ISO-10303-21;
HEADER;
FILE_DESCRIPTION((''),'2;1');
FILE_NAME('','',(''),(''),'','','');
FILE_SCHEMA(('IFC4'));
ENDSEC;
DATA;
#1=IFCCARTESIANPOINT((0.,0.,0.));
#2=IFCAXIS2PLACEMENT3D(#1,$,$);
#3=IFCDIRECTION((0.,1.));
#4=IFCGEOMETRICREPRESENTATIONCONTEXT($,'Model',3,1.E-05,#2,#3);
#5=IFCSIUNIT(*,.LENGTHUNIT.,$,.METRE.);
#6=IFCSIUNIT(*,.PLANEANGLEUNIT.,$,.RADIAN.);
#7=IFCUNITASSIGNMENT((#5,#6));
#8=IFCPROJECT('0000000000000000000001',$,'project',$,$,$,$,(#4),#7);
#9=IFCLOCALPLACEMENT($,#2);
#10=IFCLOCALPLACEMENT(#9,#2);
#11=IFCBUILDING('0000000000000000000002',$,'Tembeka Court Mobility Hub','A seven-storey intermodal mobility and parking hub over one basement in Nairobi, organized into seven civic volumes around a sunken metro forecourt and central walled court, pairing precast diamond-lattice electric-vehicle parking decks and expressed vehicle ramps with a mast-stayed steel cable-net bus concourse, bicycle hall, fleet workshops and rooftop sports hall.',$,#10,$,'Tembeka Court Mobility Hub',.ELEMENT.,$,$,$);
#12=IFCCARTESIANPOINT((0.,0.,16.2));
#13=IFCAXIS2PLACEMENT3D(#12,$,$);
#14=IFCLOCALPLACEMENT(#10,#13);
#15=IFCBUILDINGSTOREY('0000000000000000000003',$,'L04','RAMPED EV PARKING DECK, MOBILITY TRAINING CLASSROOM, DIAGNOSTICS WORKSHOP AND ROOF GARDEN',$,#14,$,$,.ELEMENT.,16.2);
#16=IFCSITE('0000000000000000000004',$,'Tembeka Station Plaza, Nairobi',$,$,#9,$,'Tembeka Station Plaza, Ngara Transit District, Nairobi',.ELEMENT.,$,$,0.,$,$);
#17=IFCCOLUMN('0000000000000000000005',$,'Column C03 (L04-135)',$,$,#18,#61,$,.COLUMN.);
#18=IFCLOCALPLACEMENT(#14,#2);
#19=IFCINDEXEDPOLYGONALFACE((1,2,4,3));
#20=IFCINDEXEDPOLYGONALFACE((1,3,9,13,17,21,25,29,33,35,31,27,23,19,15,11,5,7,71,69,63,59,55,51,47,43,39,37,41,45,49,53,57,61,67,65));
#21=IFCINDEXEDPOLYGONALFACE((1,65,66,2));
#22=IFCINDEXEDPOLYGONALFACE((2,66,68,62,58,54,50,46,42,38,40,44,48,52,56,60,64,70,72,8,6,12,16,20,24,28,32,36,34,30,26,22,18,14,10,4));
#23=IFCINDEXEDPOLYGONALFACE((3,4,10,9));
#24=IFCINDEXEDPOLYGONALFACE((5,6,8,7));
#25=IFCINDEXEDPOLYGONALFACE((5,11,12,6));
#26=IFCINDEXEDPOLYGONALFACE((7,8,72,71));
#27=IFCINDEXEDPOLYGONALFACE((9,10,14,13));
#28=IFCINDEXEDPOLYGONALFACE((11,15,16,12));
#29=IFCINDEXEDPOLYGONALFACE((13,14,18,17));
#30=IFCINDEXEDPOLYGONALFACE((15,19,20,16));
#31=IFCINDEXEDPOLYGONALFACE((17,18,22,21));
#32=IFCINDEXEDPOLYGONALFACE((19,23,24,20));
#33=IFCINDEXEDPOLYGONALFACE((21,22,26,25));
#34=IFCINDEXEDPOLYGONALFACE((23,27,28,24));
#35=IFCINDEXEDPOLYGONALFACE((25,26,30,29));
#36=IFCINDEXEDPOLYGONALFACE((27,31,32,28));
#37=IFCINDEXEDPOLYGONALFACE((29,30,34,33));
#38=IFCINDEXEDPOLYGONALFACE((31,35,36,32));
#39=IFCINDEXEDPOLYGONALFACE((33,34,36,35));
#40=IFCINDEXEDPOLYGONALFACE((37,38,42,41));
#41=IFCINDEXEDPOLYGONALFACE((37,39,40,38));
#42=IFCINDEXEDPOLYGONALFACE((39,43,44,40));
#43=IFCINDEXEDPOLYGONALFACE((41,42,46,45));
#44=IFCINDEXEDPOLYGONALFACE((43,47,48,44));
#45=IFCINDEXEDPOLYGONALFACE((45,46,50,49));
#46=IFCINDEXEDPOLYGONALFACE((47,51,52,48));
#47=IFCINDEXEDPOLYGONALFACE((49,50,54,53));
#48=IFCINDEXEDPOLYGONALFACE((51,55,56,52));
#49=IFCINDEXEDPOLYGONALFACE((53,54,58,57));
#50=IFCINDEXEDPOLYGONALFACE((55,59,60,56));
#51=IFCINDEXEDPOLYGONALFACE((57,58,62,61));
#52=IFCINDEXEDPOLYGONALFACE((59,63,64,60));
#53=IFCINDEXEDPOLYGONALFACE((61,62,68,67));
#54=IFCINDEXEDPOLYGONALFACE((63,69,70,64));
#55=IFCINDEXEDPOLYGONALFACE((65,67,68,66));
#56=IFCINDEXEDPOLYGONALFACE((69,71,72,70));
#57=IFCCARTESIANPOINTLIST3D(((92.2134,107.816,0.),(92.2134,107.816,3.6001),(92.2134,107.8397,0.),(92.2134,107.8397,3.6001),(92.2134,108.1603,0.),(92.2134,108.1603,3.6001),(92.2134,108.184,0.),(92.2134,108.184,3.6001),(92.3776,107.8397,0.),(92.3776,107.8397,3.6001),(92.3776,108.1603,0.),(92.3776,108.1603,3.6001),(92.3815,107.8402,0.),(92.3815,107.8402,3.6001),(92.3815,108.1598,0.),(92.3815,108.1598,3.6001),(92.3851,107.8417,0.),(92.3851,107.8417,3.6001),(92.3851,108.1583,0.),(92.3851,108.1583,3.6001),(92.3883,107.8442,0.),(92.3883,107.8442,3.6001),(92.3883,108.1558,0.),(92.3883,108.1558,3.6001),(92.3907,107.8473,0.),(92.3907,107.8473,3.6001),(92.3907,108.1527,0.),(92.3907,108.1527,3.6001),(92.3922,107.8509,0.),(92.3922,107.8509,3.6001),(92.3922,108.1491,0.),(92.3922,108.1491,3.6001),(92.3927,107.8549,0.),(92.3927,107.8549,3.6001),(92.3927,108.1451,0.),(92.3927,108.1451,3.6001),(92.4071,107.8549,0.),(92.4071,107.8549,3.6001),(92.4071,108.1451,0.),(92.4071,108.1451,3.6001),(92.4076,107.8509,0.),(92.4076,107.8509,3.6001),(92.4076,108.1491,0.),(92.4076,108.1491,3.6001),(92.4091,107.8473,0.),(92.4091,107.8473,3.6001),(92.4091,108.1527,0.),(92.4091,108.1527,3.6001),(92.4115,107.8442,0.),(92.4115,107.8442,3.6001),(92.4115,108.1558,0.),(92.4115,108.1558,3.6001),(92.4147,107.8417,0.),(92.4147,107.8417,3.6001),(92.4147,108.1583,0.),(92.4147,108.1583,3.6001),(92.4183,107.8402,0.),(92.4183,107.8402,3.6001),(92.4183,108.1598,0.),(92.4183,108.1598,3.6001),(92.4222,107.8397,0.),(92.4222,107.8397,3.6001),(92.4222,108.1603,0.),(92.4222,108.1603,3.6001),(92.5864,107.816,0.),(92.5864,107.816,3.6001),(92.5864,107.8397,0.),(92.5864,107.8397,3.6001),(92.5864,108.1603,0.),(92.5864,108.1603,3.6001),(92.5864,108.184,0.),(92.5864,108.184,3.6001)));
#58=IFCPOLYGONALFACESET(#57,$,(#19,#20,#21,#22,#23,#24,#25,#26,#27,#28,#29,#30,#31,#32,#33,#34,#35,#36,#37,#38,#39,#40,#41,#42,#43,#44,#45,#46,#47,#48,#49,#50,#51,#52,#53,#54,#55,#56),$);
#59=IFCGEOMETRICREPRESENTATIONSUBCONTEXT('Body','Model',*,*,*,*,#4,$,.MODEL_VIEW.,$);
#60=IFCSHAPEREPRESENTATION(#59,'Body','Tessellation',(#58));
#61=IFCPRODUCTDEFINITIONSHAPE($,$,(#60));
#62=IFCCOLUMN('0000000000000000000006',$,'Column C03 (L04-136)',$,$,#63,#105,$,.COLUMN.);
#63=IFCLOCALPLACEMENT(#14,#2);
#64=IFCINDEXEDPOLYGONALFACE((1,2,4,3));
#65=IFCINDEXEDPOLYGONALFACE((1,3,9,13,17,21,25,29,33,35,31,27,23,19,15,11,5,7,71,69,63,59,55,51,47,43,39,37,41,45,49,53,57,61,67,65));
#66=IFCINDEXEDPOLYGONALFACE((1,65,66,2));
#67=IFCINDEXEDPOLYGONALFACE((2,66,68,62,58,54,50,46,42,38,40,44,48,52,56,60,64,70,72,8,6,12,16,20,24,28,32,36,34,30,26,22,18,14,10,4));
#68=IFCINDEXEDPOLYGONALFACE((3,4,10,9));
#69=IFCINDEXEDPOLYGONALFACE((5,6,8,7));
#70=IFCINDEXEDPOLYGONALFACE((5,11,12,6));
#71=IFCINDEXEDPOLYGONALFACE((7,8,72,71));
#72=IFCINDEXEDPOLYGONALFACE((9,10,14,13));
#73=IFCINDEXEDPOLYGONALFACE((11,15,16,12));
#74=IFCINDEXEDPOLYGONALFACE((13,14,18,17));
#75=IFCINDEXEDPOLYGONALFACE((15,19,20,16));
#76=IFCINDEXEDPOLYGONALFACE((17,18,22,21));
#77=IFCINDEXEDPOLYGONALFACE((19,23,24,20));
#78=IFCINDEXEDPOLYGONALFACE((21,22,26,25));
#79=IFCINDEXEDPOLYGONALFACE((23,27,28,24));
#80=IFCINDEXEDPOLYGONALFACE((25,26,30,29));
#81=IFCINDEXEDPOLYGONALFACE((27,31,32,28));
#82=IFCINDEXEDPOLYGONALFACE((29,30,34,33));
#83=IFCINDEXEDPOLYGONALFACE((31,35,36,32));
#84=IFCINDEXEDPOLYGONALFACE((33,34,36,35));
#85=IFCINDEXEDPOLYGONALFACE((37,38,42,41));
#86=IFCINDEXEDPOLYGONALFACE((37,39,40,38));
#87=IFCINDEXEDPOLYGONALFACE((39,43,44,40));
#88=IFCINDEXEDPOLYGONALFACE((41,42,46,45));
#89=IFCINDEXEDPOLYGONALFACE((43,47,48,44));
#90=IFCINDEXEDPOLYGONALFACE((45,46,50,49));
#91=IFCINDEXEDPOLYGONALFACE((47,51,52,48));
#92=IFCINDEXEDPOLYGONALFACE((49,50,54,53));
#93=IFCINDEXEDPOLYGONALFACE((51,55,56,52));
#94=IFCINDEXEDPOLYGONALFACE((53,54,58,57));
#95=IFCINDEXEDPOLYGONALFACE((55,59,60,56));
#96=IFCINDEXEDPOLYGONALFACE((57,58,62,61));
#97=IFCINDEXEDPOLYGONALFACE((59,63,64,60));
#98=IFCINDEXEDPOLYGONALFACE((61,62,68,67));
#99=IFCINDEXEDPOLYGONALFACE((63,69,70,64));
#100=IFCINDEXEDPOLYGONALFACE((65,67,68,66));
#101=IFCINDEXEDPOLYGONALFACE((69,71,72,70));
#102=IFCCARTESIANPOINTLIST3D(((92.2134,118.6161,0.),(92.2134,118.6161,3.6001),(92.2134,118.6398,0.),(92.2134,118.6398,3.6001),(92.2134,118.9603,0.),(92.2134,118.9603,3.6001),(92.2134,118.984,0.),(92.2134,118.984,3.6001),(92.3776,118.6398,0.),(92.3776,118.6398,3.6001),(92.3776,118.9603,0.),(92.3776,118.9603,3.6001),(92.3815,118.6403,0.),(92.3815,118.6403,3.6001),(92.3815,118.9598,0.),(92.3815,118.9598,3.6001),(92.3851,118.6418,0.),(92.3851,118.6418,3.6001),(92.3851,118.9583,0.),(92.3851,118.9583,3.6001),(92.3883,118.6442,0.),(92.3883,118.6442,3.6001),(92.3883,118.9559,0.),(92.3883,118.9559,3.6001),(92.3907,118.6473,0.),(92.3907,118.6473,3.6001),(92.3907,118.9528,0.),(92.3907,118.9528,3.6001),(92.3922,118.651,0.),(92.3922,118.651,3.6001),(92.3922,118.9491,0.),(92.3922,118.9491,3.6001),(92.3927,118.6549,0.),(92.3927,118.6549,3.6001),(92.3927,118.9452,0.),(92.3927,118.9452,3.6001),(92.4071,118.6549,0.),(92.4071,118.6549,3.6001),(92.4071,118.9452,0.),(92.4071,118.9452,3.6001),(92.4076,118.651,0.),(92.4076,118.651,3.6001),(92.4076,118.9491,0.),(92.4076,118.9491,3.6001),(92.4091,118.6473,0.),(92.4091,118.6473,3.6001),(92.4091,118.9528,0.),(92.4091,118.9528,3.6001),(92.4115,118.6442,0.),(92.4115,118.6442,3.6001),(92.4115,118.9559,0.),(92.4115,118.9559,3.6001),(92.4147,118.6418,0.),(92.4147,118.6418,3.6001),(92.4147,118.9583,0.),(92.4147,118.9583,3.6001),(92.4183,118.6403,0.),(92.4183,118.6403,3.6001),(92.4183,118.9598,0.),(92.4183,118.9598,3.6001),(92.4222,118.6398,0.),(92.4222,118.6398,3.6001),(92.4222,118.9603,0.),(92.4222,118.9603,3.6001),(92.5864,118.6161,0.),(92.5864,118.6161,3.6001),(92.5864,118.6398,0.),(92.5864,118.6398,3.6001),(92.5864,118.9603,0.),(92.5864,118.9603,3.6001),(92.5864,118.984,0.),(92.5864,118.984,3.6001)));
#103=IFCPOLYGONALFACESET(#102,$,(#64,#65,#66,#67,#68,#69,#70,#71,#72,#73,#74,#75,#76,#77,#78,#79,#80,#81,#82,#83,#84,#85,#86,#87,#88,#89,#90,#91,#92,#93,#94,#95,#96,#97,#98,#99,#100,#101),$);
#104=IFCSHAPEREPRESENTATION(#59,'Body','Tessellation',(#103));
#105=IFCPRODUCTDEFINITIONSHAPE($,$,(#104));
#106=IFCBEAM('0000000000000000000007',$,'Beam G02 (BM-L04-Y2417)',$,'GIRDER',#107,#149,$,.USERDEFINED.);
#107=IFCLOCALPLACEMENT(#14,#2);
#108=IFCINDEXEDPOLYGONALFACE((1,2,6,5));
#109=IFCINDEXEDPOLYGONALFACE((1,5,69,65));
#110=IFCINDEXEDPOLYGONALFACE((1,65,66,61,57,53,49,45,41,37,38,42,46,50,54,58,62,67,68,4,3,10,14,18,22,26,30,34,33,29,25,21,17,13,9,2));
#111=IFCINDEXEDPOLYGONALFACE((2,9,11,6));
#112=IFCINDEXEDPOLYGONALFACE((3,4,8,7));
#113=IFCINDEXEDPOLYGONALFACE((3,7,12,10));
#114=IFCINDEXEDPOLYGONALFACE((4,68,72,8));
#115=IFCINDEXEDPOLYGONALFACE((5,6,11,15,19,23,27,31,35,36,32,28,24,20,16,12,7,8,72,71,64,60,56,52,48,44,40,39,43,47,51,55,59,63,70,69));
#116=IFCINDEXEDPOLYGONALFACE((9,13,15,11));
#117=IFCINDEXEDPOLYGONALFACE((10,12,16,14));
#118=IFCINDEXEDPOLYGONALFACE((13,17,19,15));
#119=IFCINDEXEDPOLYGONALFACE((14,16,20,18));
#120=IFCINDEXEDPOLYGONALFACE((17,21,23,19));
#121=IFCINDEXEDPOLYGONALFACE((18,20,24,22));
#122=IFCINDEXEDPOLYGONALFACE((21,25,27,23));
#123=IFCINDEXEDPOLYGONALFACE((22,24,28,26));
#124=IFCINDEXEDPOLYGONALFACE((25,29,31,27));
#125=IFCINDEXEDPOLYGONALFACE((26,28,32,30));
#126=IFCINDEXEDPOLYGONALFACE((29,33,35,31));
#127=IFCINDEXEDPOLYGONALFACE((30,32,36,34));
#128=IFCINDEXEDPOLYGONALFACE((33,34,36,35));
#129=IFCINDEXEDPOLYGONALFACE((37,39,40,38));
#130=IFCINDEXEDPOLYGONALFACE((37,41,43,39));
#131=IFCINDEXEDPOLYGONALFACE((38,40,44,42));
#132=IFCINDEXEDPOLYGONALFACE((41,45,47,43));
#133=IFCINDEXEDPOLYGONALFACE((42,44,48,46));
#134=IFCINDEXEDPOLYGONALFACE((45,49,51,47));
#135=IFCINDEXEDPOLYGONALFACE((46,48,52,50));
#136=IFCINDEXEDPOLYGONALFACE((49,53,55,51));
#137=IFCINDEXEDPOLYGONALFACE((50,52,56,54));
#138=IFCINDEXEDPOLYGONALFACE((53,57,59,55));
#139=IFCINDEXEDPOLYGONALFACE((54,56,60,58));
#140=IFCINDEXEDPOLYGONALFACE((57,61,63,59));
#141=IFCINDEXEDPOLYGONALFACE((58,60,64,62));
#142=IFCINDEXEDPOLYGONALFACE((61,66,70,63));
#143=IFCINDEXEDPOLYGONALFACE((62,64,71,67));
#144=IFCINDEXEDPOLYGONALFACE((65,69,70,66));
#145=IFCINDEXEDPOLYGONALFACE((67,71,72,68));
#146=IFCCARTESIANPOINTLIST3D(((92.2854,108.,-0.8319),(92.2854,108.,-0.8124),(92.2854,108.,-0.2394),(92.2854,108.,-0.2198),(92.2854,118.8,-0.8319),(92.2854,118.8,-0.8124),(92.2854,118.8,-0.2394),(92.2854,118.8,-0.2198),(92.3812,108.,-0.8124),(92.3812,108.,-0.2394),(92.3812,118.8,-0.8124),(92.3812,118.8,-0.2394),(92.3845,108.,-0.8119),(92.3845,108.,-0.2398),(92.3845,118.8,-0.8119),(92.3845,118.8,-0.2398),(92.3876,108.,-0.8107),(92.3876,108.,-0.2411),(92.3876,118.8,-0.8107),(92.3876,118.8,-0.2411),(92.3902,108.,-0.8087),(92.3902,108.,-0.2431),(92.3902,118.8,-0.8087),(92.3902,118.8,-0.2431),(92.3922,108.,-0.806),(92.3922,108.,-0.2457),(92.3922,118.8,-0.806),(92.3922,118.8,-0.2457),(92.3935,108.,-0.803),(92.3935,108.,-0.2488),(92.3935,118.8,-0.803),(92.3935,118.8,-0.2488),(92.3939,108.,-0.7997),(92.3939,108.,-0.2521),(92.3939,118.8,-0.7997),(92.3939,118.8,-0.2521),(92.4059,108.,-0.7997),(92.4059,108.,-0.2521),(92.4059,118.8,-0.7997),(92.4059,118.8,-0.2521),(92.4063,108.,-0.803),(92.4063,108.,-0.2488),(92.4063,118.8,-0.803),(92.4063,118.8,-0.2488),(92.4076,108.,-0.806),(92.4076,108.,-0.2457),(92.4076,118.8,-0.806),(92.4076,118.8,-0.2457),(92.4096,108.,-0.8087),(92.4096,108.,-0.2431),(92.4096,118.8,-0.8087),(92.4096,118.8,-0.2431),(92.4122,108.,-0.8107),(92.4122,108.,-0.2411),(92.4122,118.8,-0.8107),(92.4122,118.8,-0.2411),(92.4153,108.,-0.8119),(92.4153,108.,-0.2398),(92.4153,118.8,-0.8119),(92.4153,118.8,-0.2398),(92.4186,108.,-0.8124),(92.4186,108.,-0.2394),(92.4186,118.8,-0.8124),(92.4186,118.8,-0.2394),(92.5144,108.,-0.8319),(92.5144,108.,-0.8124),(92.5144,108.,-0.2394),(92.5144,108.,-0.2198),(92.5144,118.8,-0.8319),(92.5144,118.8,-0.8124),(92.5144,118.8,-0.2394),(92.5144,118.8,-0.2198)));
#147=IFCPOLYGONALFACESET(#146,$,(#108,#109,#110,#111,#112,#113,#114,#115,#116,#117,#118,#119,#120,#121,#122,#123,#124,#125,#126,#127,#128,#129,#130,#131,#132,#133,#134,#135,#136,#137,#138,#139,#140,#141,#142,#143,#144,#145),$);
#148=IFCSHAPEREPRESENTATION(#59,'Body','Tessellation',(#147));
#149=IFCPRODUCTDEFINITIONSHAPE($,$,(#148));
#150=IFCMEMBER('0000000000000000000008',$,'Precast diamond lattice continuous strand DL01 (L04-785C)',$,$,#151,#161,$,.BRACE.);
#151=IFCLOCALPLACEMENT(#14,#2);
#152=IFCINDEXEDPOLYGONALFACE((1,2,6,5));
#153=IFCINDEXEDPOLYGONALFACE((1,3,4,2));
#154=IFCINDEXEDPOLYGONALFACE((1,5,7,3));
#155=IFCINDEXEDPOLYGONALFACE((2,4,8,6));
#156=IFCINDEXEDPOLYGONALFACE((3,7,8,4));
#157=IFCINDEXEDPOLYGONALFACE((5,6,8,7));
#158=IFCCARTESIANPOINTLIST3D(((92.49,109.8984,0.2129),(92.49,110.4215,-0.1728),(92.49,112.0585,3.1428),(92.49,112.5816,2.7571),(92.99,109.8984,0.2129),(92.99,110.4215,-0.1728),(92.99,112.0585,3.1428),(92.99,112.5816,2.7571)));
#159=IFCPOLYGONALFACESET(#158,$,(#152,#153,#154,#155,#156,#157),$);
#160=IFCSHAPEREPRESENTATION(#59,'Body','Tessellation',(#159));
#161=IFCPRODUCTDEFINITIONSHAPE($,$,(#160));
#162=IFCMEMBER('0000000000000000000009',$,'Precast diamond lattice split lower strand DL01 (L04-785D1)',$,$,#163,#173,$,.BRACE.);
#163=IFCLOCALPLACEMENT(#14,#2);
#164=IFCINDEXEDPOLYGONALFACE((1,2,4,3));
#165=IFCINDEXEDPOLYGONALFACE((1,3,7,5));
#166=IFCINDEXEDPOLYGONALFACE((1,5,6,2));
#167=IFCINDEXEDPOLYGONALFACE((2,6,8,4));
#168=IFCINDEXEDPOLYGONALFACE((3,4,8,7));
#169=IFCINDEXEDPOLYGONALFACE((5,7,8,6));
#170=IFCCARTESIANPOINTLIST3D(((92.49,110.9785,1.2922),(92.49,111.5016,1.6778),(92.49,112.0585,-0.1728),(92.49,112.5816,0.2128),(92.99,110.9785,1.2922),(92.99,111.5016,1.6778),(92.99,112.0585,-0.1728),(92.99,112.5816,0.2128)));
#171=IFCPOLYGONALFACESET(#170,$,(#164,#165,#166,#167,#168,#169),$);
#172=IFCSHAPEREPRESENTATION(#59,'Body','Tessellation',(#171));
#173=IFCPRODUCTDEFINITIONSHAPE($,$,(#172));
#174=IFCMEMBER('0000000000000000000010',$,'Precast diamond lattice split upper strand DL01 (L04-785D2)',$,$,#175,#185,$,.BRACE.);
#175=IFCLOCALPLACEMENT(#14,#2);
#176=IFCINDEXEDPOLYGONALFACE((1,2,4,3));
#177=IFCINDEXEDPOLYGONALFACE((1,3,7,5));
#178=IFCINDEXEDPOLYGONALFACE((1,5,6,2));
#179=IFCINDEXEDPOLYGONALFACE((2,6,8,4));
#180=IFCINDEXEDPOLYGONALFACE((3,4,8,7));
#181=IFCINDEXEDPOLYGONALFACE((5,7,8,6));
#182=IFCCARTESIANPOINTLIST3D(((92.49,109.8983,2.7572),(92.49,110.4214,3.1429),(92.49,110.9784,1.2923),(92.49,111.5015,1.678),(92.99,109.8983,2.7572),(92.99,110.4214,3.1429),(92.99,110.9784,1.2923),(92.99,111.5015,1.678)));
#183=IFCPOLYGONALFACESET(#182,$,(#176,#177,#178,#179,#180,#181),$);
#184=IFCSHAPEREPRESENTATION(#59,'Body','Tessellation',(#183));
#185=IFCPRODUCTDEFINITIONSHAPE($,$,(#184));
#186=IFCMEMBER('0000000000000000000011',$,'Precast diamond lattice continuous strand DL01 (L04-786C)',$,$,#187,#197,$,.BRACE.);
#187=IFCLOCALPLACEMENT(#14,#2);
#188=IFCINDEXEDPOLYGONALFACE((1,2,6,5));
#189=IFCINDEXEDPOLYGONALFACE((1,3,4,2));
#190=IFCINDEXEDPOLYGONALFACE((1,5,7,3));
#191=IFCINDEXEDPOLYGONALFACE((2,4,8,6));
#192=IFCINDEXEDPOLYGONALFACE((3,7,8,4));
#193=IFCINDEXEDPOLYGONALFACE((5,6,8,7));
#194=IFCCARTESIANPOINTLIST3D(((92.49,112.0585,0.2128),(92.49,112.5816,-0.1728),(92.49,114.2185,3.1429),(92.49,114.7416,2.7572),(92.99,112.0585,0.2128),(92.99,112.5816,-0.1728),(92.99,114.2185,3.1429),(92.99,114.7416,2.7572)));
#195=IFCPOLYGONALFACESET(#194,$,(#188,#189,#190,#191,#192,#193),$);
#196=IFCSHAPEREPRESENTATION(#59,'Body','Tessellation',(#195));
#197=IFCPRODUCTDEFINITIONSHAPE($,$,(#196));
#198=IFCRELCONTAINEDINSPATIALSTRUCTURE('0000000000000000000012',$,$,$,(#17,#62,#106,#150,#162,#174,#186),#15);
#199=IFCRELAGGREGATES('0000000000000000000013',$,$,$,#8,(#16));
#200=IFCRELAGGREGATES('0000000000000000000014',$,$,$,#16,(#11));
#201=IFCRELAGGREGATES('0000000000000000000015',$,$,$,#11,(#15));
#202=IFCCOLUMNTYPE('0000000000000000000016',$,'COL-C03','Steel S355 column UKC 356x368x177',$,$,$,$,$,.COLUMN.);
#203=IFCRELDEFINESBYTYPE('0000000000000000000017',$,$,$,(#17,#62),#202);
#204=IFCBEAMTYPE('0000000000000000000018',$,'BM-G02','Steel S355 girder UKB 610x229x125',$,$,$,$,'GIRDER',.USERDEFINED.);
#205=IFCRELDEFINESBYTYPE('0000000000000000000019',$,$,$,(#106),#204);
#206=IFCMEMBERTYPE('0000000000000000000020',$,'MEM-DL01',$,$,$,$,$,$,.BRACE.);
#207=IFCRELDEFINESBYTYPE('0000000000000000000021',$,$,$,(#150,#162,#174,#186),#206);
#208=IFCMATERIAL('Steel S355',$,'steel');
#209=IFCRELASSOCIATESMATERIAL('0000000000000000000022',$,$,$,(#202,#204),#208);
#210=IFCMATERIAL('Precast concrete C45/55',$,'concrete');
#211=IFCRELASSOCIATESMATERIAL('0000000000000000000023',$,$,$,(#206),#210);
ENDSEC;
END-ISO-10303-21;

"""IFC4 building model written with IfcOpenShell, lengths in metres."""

from ifc_helpers import new_model, si_unit, direction, frame, origin, origin_2d, place, context, subcontext, project, spatial, rectangle, i_section, extrude, material, material_profile, profile_set, type_object, element, save


model = new_model("IFC4")

# Units and contexts
model_context = context("Model", 3, precision=1e-05, world=origin(), true_north=direction((0.0, 1.0)))
body_context = subcontext(model_context, "Body", "Model", "MODEL_VIEW")
ifc_project = project(units=[si_unit("LENGTHUNIT", "METRE"), si_unit("PLANEANGLEUNIT", "RADIAN")], contexts=[model_context])

# Site, building, storey
site_placement = place(None, origin())
site = spatial("IfcSite", under=ifc_project, at=site_placement, Name="Tembeka Station Plaza, Nairobi", LongName="Tembeka Station Plaza, Ngara Transit District, Nairobi", CompositionType="ELEMENT", RefElevation=0.0)
building_placement = place(site_placement, origin())
building = spatial("IfcBuilding", under=site, at=building_placement, Name="Tembeka Court Mobility Hub", Description="A seven-storey intermodal mobility and parking hub over one basement in Nairobi, organized into seven civic volumes around a sunken metro forecourt and central walled court, pairing precast diamond-lattice electric-vehicle parking decks and expressed vehicle ramps with a mast-stayed steel cable-net bus concourse, bicycle hall, fleet workshops and rooftop sports hall.", LongName="Tembeka Court Mobility Hub", CompositionType="ELEMENT")
storey_placement = place(building_placement, frame((0.0, 0.0, 16.2)))
storey = spatial("IfcBuildingStorey", under=building, at=storey_placement, Name="L04", Description="RAMPED EV PARKING DECK, MOBILITY TRAINING CLASSROOM, DIAGNOSTICS WORKSHOP AND ROOF GARDEN", CompositionType="ELEMENT", Elevation=16.2)

# Columns
ifc_material_1 = material(Name="Steel S355", Category="steel")
ifc_material_profile_1 = material_profile(ifc_material_1, i_section(OverallWidth=0.373, OverallDepth=0.3679, WebThickness=0.0144, FlangeThickness=0.0237, FilletRadius=0.0151, at=origin_2d()), Name="UKC 356x368x177")
ifc_profile_set_1 = profile_set([ifc_material_profile_1], Name="Steel S355")
column_type = type_object("IfcColumnType", Name="COL-C03", Description="Steel S355 column UKC 356x368x177", PredefinedType="COLUMN", material=ifc_profile_set_1)
for number, where, z_axis, x_axis, name in (
    (1, (92.3999, 108.0, 0.0), (0.0, 0.0, 1.0), (1.0, 0.0, 0.0), "Column C03 (L04-135)"),
    (2, (92.3999, 118.8, 0.0), (0.0, 0.0, 1.0), (1.0, 0.0, 0.0), "Column C03 (L04-136)"),
):
    element("IfcColumn", number, at=place(storey_placement, frame(where, z_axis=z_axis, x_axis=x_axis)), inside=storey, type_object=column_type, Name=name, PredefinedType="COLUMN", context=body_context, shape_type="SweptSolid", body=[
        extrude(i_section(OverallWidth=0.373, OverallDepth=0.3679, WebThickness=0.0144, FlangeThickness=0.0237, FilletRadius=0.0151, at=origin_2d()), origin(), (0.0, 0.0, 1.0), 3.6001),
    ])

# Beam
ifc_material_profile_2 = material_profile(ifc_material_1, i_section(OverallWidth=0.229, OverallDepth=0.6121, WebThickness=0.012, FlangeThickness=0.0195, FilletRadius=0.0127, at=origin_2d()), Name="UKB 610x229x125")
ifc_profile_set_2 = profile_set([ifc_material_profile_2], Name="Steel S355")
beam_type = type_object("IfcBeamType", Name="BM-G02", Description="Steel S355 girder UKB 610x229x125", ElementType="GIRDER", PredefinedType="USERDEFINED", material=ifc_profile_set_2)
beam_placement = place(storey_placement, frame((92.3999, 108.0, -0.5259), z_axis=(0.0, 1.0, 0.0), x_axis=(-1.0, 0.0, 0.0)))
element("IfcBeam", 3, at=beam_placement, inside=storey, type_object=beam_type, Name="Beam G02 (BM-L04-Y2417)", ObjectType="GIRDER", PredefinedType="USERDEFINED", context=body_context, shape_type="SweptSolid", body=[
    extrude(i_section(OverallWidth=0.229, OverallDepth=0.6121, WebThickness=0.012, FlangeThickness=0.0195, FilletRadius=0.0127, at=origin_2d()), origin(), (0.0, 0.0, 1.0), 10.8),
])

# Members
ifc_material_2 = material(Name="Precast concrete C45/55", Category="concrete")
ifc_material_profile_3 = material_profile(ifc_material_2, rectangle(XDim=0.5, YDim=0.6499, at=origin_2d()), Name="PC-DIAG 500x650")
ifc_profile_set_3 = profile_set([ifc_material_profile_3], Name="Precast concrete C45/55")
member_type_1 = type_object("IfcMemberType", Name="MEM-DL01", PredefinedType="BRACE", material=ifc_profile_set_3)
member_1_placement = place(storey_placement, frame((92.74, 110.1599, 0.02), z_axis=(0.0, 0.593423, 0.804891), x_axis=(-1.0, 0.0, 0.0)))
element("IfcMember", 4, at=member_1_placement, inside=storey, type_object=member_type_1, Name="Precast diamond lattice continuous strand DL01 (L04-785C)", PredefinedType="BRACE", context=body_context, shape_type="SweptSolid", body=[
    extrude(rectangle(XDim=0.5, YDim=0.6499, at=origin_2d()), origin(), (0.0, 0.0, 1.0), 3.6401),
])
for number, where, z_axis, x_axis, name in (
    (5, (92.74, 112.3201, 0.02), (0.0, -0.593391, 0.804914), (1.0, 0.0, 0.0), "Precast diamond lattice split lower strand DL01 (L04-785D1)"),
    (6, (92.74, 111.24, 1.4851), (0.0, -0.593455, 0.804867), (1.0, 0.0, 0.0), "Precast diamond lattice split upper strand DL01 (L04-785D2)"),
):
    element("IfcMember", number, at=place(storey_placement, frame(where, z_axis=z_axis, x_axis=x_axis)), inside=storey, type_object=member_type_1, Name=name, PredefinedType="BRACE", context=body_context, shape_type="SweptSolid", body=[
        extrude(rectangle(XDim=0.5, YDim=0.6499, at=origin_2d()), origin(), (0.0, 0.0, 1.0), 1.8201),
    ])
member_2_placement = place(storey_placement, frame((92.74, 112.3201, 0.02), z_axis=(0.0, 0.59338, 0.804923), x_axis=(-1.0, 0.0, 0.0)))
element("IfcMember", 7, at=member_2_placement, inside=storey, type_object=member_type_1, Name="Precast diamond lattice continuous strand DL01 (L04-786C)", PredefinedType="BRACE", context=body_context, shape_type="SweptSolid", body=[
    extrude(rectangle(XDim=0.5, YDim=0.6499, at=origin_2d()), origin(), (0.0, 0.0, 1.0), 3.6401),
])

save(model, "model.ifc")
